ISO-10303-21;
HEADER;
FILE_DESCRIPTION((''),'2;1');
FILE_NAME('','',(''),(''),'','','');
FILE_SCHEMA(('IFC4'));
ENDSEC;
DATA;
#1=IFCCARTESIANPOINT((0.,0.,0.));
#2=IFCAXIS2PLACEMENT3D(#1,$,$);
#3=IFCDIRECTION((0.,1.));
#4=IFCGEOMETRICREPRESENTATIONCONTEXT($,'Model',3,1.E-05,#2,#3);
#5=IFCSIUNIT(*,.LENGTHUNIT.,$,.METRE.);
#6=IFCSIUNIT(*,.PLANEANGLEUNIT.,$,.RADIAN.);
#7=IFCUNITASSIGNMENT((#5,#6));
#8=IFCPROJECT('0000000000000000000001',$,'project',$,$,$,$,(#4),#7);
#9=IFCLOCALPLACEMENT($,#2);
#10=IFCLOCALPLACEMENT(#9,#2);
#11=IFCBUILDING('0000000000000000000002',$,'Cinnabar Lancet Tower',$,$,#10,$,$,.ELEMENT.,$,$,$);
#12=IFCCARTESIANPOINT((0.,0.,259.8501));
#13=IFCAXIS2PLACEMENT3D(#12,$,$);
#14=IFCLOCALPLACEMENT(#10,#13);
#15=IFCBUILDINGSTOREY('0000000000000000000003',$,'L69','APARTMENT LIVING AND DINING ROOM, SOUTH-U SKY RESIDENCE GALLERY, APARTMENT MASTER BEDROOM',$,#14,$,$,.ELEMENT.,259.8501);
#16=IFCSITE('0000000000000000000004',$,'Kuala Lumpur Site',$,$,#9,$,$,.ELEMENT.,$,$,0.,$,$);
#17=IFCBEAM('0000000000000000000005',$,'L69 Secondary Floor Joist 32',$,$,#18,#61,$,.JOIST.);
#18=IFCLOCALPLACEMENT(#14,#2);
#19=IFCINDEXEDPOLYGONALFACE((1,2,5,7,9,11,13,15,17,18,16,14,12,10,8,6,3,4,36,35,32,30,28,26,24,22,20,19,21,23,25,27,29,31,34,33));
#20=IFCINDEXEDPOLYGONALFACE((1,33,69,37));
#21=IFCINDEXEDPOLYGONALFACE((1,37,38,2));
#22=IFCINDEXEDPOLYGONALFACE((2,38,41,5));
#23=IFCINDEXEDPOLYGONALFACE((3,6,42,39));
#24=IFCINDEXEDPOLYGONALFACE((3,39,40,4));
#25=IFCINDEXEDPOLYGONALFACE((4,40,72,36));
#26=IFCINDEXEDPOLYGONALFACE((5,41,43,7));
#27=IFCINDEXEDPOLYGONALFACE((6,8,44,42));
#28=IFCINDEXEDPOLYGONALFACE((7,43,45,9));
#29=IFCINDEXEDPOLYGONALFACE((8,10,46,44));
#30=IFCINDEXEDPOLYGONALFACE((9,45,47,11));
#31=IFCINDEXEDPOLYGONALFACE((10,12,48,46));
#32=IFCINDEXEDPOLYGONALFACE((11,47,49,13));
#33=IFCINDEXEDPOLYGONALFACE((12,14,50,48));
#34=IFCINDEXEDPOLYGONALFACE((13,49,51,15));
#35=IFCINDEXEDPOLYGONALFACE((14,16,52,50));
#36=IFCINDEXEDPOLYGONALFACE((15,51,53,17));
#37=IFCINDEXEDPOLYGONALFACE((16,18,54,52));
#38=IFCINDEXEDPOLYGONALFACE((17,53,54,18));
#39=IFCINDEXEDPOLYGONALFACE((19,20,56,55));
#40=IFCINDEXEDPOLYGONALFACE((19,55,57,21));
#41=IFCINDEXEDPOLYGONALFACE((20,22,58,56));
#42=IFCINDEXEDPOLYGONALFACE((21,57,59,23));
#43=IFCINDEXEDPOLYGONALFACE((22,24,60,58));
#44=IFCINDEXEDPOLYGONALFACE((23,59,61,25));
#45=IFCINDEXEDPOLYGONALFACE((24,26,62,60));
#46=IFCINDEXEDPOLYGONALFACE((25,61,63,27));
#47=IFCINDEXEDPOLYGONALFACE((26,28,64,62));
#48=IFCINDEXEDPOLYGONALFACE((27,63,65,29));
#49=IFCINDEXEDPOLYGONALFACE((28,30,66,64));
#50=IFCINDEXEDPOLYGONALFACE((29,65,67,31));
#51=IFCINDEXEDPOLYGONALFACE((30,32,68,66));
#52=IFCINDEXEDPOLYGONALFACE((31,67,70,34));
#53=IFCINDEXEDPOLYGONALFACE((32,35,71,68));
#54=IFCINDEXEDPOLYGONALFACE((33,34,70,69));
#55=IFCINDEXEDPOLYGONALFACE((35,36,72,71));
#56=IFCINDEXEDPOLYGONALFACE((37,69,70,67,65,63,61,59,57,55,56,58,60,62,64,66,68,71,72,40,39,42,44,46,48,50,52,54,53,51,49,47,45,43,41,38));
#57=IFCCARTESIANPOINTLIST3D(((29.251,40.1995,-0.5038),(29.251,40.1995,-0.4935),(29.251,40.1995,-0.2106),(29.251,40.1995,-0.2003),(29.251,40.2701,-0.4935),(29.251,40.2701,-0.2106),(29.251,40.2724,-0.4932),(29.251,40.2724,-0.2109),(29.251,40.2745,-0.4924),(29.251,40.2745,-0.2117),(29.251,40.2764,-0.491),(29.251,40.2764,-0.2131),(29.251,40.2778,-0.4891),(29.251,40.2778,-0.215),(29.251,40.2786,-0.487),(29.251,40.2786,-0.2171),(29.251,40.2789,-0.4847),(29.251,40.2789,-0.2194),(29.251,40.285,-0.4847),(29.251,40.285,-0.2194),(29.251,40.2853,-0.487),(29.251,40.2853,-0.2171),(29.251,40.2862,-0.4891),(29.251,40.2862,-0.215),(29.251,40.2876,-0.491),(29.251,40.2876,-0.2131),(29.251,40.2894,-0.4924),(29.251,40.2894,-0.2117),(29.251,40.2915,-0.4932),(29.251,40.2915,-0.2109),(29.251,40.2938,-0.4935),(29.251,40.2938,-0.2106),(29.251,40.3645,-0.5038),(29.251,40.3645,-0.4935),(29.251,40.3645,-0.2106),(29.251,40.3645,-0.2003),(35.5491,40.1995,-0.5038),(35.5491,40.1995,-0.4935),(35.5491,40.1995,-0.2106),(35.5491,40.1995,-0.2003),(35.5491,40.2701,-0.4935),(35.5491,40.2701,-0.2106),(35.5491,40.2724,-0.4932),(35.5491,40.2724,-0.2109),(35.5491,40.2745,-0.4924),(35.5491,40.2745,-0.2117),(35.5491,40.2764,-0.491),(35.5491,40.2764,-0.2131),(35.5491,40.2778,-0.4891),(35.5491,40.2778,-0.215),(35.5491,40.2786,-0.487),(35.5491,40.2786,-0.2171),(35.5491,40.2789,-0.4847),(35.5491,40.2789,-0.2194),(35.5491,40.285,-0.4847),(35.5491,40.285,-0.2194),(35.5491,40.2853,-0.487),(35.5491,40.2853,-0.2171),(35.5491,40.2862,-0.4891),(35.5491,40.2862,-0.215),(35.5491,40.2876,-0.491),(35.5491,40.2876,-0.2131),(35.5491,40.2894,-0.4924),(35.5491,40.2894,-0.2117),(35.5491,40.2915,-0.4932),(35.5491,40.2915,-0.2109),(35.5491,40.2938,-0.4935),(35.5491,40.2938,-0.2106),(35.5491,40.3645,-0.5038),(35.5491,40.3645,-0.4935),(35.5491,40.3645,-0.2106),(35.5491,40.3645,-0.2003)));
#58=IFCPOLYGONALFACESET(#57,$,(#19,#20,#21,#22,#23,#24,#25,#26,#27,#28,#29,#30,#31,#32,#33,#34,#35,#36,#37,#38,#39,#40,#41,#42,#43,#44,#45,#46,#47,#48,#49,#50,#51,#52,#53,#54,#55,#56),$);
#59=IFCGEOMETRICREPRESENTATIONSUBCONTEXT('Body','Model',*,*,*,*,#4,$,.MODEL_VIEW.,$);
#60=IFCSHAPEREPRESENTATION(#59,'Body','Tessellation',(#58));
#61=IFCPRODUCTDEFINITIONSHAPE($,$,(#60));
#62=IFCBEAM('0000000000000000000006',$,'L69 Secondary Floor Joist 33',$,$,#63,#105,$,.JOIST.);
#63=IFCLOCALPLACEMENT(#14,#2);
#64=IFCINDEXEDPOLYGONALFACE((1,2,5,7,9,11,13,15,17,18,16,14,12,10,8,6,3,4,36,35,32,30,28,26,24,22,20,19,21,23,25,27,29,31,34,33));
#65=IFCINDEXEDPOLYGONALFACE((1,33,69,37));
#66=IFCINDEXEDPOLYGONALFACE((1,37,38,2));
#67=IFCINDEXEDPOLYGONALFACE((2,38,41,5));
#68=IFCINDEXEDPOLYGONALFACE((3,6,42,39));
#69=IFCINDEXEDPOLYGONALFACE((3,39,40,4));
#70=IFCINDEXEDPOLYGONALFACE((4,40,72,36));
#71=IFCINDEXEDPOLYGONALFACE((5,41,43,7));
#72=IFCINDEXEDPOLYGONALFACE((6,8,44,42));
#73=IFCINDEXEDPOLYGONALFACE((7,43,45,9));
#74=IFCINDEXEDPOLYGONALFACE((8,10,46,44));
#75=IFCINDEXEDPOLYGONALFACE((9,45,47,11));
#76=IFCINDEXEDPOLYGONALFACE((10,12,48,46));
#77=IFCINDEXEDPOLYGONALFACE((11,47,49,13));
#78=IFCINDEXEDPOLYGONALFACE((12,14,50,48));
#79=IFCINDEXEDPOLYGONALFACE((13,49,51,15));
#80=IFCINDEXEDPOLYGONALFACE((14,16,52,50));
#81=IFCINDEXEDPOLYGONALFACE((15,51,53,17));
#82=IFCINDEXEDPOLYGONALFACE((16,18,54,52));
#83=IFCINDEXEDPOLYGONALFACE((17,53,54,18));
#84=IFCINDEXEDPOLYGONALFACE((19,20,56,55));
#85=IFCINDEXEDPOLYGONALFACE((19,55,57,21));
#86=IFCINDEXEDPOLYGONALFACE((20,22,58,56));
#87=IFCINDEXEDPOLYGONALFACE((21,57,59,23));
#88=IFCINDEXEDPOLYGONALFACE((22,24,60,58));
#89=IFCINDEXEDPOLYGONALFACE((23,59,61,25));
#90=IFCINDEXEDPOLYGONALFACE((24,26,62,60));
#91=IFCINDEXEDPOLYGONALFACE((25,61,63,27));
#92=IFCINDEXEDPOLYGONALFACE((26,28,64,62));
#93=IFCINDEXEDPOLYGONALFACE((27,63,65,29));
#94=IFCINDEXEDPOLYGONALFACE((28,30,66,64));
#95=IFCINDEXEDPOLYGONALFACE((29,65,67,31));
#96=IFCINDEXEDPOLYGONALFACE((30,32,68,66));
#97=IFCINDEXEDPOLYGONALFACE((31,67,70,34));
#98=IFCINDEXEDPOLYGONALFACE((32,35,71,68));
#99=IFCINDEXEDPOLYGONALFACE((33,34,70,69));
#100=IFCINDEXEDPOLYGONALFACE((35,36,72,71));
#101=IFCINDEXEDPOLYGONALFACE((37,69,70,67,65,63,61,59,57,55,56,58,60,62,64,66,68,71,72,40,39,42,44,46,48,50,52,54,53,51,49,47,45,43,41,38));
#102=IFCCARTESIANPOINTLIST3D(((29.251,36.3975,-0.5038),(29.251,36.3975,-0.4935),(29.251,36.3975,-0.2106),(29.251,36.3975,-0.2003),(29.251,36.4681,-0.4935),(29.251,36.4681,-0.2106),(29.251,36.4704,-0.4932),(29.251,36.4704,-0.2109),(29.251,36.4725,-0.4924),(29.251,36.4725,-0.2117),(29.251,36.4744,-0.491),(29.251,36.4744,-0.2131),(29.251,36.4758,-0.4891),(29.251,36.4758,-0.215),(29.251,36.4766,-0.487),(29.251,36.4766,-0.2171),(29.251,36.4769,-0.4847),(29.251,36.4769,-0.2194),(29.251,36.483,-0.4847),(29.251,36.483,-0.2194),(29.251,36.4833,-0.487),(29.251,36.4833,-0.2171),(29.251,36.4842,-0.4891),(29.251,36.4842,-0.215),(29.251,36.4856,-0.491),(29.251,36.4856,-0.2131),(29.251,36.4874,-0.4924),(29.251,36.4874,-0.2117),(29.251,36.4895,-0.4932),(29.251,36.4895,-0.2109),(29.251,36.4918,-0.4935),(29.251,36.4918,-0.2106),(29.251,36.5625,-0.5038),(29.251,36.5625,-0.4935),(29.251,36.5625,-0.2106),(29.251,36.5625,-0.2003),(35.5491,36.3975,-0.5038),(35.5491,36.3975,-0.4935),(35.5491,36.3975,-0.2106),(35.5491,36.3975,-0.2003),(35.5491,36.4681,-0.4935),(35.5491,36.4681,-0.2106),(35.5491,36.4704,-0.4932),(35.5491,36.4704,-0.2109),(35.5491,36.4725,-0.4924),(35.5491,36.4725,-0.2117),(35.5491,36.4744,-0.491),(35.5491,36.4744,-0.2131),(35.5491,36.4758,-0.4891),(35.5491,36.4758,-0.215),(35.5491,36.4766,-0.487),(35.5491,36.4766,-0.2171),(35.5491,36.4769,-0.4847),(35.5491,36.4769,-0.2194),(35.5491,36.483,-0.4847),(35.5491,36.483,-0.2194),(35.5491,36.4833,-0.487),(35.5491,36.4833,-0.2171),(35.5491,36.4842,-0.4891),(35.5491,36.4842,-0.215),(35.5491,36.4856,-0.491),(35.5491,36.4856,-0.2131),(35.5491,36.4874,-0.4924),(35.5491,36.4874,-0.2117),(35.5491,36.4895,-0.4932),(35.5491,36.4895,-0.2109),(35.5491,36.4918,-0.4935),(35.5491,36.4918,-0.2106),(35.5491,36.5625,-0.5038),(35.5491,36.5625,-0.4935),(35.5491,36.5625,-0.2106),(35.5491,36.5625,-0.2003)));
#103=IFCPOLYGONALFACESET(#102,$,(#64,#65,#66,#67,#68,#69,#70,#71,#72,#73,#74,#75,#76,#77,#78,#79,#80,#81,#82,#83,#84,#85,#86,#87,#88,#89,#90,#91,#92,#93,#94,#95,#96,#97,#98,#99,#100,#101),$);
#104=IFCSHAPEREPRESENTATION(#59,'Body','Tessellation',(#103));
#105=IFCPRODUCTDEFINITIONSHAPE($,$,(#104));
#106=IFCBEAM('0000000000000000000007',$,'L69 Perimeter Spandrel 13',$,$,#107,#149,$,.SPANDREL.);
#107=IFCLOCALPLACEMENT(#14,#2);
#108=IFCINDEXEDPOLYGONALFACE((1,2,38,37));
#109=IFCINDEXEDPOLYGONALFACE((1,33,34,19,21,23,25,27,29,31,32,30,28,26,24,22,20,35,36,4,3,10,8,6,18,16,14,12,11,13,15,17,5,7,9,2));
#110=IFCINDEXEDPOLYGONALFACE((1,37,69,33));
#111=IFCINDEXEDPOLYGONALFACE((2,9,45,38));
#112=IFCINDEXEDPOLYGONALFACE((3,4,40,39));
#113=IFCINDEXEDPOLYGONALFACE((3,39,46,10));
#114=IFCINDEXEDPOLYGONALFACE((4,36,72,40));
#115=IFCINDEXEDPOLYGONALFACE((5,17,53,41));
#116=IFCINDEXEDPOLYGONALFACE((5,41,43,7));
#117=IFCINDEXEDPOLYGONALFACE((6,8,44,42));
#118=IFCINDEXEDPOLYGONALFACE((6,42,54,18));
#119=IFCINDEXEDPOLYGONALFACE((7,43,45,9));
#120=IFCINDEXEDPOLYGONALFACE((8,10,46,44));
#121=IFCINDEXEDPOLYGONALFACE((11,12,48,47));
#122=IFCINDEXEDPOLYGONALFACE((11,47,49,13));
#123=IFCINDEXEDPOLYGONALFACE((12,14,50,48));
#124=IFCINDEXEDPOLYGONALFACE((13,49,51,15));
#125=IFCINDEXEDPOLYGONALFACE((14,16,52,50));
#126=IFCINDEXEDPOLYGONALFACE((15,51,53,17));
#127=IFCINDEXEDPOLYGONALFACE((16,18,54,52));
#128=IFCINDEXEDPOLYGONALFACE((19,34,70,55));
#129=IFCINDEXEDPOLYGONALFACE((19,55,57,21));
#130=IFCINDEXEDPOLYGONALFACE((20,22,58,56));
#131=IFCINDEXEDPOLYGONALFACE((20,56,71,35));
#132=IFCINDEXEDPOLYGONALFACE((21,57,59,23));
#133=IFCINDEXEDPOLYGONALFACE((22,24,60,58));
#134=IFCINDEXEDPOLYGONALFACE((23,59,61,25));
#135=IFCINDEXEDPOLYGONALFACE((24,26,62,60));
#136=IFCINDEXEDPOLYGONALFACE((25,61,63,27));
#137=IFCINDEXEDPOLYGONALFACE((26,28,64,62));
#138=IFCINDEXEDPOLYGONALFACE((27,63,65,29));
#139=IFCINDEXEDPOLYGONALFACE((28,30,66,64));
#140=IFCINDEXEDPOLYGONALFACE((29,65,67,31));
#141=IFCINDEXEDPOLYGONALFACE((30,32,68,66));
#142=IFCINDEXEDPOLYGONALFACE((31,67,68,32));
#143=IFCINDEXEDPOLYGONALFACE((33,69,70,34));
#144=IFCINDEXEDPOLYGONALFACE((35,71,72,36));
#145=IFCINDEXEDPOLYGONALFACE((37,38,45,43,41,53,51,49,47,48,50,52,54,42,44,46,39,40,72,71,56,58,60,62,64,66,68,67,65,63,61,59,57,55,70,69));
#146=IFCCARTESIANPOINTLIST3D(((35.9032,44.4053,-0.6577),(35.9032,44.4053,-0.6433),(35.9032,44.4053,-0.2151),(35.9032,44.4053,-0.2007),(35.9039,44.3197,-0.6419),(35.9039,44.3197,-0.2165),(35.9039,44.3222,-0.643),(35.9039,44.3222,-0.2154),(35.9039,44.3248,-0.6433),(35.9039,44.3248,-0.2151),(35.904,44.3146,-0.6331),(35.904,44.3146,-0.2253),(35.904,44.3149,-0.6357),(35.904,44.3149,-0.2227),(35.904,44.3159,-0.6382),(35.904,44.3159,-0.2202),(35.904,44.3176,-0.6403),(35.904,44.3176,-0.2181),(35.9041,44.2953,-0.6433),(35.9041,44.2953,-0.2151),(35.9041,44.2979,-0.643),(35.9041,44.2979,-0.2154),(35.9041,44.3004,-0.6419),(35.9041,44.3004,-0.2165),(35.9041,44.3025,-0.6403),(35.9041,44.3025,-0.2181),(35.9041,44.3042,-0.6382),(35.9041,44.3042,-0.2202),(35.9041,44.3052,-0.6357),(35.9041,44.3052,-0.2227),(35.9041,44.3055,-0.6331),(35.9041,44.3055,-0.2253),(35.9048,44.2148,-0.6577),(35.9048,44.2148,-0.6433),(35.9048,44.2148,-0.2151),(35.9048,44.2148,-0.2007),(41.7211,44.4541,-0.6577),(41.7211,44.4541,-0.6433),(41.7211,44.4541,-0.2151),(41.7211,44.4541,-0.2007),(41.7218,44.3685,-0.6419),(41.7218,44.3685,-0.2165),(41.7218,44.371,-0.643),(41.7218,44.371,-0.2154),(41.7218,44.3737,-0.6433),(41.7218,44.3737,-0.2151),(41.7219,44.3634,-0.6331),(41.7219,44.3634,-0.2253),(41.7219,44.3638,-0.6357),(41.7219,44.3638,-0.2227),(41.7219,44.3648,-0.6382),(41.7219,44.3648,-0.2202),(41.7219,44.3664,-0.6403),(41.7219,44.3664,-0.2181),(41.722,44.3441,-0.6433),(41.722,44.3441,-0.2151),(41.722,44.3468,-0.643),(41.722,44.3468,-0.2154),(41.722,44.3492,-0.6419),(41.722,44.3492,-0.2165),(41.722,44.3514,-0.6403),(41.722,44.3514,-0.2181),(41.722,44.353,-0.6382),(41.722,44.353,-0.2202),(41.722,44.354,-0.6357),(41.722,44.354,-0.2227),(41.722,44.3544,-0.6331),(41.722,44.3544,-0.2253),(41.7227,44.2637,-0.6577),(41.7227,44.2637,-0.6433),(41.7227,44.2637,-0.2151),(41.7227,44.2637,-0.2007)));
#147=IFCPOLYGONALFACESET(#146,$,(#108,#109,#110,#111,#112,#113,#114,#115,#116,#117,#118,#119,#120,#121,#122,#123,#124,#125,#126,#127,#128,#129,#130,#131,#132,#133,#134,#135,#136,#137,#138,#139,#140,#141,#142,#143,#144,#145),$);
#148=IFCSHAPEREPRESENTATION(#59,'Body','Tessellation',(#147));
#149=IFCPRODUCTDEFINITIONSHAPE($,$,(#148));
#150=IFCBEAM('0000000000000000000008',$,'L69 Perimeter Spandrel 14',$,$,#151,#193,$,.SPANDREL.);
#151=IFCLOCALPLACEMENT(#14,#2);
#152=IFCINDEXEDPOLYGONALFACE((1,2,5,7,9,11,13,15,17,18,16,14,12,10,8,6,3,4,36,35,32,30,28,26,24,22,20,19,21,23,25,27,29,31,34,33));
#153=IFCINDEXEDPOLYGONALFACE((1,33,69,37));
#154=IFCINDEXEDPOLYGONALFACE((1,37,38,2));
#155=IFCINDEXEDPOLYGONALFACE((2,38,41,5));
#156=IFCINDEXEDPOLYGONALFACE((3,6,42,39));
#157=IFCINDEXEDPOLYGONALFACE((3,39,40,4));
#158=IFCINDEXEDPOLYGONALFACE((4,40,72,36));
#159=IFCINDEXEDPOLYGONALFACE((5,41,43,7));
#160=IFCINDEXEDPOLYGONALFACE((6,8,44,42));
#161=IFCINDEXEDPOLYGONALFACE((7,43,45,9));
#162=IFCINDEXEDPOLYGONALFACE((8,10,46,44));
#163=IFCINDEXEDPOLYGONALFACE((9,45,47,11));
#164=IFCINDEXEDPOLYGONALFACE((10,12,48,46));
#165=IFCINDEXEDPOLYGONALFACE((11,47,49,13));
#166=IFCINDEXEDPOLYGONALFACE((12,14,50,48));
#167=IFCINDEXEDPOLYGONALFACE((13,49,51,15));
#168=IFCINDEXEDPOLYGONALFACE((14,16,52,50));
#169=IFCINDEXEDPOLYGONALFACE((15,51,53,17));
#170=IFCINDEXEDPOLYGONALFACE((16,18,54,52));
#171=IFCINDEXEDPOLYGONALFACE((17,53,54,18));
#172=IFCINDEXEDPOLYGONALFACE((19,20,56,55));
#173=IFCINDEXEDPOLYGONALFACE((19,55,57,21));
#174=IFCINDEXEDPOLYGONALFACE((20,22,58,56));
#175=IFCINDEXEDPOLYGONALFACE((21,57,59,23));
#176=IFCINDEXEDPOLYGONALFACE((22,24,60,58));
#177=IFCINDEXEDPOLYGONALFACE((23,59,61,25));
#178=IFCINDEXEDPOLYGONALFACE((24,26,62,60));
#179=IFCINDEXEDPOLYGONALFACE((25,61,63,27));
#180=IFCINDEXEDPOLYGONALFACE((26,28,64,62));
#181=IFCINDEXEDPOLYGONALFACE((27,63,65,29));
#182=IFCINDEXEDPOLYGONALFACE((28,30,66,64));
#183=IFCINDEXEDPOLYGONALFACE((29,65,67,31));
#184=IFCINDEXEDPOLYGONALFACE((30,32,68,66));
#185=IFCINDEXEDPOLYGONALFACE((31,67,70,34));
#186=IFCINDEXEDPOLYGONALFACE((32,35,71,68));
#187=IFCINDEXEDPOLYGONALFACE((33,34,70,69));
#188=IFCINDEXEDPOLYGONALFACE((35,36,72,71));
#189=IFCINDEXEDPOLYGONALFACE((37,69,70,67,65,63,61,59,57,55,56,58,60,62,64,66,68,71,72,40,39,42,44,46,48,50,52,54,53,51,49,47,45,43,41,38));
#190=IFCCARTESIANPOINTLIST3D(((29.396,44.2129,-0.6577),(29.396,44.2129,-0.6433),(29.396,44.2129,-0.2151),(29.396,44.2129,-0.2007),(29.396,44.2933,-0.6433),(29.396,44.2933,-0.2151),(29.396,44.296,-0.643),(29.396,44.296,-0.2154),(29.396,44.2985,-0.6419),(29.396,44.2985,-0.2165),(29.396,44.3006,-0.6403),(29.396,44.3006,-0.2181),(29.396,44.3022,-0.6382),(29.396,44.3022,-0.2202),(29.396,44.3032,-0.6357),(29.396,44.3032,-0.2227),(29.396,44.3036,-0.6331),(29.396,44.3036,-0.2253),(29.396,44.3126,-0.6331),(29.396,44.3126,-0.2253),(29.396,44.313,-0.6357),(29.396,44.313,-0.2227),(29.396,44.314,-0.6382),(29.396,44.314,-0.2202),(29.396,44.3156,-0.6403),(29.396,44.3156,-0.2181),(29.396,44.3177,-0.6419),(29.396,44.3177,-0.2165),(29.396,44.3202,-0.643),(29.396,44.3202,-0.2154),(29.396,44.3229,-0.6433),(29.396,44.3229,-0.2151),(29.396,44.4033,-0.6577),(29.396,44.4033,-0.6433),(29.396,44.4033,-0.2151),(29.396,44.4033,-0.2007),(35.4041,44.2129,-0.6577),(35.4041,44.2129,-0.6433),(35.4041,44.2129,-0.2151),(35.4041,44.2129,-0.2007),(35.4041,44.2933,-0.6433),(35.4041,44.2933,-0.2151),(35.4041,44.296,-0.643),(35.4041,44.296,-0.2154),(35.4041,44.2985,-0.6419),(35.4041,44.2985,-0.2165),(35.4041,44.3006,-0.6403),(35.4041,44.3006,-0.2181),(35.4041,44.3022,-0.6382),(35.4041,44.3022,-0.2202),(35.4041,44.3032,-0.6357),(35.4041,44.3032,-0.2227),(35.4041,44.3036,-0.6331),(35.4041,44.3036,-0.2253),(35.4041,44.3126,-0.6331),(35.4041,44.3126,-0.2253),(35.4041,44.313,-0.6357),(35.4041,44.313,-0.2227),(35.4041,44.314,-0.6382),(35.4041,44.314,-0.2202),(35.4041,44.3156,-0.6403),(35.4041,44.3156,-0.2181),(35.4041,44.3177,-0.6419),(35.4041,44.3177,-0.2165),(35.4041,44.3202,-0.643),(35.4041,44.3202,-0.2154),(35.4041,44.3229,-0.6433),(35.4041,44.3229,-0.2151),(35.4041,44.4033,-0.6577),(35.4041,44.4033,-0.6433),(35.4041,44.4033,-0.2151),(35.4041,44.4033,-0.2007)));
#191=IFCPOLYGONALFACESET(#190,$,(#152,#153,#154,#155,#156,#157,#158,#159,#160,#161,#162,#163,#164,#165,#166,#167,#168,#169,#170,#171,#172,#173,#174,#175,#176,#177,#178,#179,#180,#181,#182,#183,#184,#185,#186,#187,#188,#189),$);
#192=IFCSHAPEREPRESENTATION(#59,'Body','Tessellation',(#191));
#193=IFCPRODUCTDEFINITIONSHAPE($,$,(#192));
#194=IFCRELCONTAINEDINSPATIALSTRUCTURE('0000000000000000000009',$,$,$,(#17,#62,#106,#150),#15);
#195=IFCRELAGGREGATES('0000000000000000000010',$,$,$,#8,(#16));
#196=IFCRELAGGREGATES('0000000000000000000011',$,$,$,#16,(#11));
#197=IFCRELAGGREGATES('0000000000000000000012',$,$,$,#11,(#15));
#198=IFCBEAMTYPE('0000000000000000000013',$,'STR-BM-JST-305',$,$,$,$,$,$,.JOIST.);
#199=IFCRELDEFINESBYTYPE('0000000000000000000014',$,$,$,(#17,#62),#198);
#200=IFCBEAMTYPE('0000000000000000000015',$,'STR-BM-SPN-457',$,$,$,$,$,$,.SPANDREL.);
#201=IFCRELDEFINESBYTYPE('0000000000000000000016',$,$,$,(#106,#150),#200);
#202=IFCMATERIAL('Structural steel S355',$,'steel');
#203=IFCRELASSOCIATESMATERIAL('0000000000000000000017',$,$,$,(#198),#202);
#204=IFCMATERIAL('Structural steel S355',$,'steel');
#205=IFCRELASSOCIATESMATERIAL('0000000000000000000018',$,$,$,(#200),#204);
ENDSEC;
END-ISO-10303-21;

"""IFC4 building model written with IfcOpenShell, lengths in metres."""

from ifc_helpers import new_model, si_unit, direction, frame, origin, origin_2d, place, context, subcontext, project, spatial, i_section, extrude, material, material_profile, profile_set, type_object, element, save


model = new_model("IFC4")

# Units and contexts
model_context = context("Model", 3, precision=1e-05, world=origin(), true_north=direction((0.0, 1.0)))
body_context = subcontext(model_context, "Body", "Model", "MODEL_VIEW")
ifc_project = project(units=[si_unit("LENGTHUNIT", "METRE"), si_unit("PLANEANGLEUNIT", "RADIAN")], contexts=[model_context])

# Site, building, storey
site_placement = place(None, origin())
site = spatial("IfcSite", under=ifc_project, at=site_placement, Name="Kuala Lumpur Site", CompositionType="ELEMENT", RefElevation=0.0)
building_placement = place(site_placement, origin())
building = spatial("IfcBuilding", under=site, at=building_placement, Name="Cinnabar Lancet Tower", CompositionType="ELEMENT")
storey_placement = place(building_placement, frame((0.0, 0.0, 259.8501)))
storey = spatial("IfcBuildingStorey", under=building, at=storey_placement, Name="L69", Description="APARTMENT LIVING AND DINING ROOM, SOUTH-U SKY RESIDENCE GALLERY, APARTMENT MASTER BEDROOM", CompositionType="ELEMENT", Elevation=259.8501)

# Beams
ifc_material_1 = material(Name="Structural steel S355", Category="steel")
ifc_material_profile_1 = material_profile(ifc_material_1, i_section(OverallWidth=0.165, OverallDepth=0.3035, WebThickness=0.0061, FlangeThickness=0.0103, FilletRadius=0.0088, at=origin_2d()), Name="UKB 305x165x40")
ifc_profile_set_1 = profile_set([ifc_material_profile_1], Name="Structural steel S355")
beam_type_1 = type_object("IfcBeamType", Name="STR-BM-JST-305", PredefinedType="JOIST", material=ifc_profile_set_1)
for number, where, z_axis, x_axis, name in (
    (1, (35.5491, 40.282, -0.3521), (-1.0, 0.0, 0.0), (0.0, -1.0, 0.0), "L69 Secondary Floor Joist 32"),
    (2, (35.5491, 36.48, -0.3521), (-1.0, 0.0, 0.0), (0.0, -1.0, 0.0), "L69 Secondary Floor Joist 33"),
):
    element("IfcBeam", number, at=place(storey_placement, frame(where, z_axis=z_axis, x_axis=x_axis)), inside=storey, type_object=beam_type_1, Name=name, PredefinedType="JOIST", context=body_context, shape_type="SweptSolid", body=[
        extrude(i_section(OverallWidth=0.165, OverallDepth=0.3035, WebThickness=0.0061, FlangeThickness=0.0103, FilletRadius=0.0088, at=origin_2d()), origin(), (0.0, 0.0, 1.0), 6.2981),
    ])
ifc_material_2 = material(Name="Structural steel S355", Category="steel")
ifc_material_profile_2 = material_profile(ifc_material_2, i_section(OverallWidth=0.1904, OverallDepth=0.457, WebThickness=0.009, FlangeThickness=0.0144, FilletRadius=0.0103, at=origin_2d()), Name="UKB 457x191x74")
ifc_profile_set_2 = profile_set([ifc_material_profile_2], Name="Structural steel S355")
beam_type_2 = type_object("IfcBeamType", Name="STR-BM-SPN-457", PredefinedType="SPANDREL", material=ifc_profile_set_2)
beam_1_placement = place(storey_placement, frame((41.7219, 44.3589, -0.4292), z_axis=(-0.999965, -0.008392, 0.0), x_axis=(0.008392, -0.999965, 0.0)))
element("IfcBeam", 3, at=beam_1_placement, inside=storey, type_object=beam_type_2, Name="L69 Perimeter Spandrel 13", PredefinedType="SPANDREL", context=body_context, shape_type="SweptSolid", body=[
    extrude(i_section(OverallWidth=0.1904, OverallDepth=0.457, WebThickness=0.009, FlangeThickness=0.0144, FilletRadius=0.0103, at=origin_2d()), origin(), (0.0, 0.0, 1.0), 5.8181),
])
beam_2_placement = place(storey_placement, frame((35.4041, 44.3081, -0.4292), z_axis=(-1.0, 0.0, 0.0), x_axis=(0.0, -1.0, 0.0)))
element("IfcBeam", 4, at=beam_2_placement, inside=storey, type_object=beam_type_2, Name="L69 Perimeter Spandrel 14", PredefinedType="SPANDREL", context=body_context, shape_type="SweptSolid", body=[
    extrude(i_section(OverallWidth=0.1904, OverallDepth=0.457, WebThickness=0.009, FlangeThickness=0.0144, FilletRadius=0.0103, at=origin_2d()), origin(), (0.0, 0.0, 1.0), 6.0081),
])

save(model, "model.ifc")
